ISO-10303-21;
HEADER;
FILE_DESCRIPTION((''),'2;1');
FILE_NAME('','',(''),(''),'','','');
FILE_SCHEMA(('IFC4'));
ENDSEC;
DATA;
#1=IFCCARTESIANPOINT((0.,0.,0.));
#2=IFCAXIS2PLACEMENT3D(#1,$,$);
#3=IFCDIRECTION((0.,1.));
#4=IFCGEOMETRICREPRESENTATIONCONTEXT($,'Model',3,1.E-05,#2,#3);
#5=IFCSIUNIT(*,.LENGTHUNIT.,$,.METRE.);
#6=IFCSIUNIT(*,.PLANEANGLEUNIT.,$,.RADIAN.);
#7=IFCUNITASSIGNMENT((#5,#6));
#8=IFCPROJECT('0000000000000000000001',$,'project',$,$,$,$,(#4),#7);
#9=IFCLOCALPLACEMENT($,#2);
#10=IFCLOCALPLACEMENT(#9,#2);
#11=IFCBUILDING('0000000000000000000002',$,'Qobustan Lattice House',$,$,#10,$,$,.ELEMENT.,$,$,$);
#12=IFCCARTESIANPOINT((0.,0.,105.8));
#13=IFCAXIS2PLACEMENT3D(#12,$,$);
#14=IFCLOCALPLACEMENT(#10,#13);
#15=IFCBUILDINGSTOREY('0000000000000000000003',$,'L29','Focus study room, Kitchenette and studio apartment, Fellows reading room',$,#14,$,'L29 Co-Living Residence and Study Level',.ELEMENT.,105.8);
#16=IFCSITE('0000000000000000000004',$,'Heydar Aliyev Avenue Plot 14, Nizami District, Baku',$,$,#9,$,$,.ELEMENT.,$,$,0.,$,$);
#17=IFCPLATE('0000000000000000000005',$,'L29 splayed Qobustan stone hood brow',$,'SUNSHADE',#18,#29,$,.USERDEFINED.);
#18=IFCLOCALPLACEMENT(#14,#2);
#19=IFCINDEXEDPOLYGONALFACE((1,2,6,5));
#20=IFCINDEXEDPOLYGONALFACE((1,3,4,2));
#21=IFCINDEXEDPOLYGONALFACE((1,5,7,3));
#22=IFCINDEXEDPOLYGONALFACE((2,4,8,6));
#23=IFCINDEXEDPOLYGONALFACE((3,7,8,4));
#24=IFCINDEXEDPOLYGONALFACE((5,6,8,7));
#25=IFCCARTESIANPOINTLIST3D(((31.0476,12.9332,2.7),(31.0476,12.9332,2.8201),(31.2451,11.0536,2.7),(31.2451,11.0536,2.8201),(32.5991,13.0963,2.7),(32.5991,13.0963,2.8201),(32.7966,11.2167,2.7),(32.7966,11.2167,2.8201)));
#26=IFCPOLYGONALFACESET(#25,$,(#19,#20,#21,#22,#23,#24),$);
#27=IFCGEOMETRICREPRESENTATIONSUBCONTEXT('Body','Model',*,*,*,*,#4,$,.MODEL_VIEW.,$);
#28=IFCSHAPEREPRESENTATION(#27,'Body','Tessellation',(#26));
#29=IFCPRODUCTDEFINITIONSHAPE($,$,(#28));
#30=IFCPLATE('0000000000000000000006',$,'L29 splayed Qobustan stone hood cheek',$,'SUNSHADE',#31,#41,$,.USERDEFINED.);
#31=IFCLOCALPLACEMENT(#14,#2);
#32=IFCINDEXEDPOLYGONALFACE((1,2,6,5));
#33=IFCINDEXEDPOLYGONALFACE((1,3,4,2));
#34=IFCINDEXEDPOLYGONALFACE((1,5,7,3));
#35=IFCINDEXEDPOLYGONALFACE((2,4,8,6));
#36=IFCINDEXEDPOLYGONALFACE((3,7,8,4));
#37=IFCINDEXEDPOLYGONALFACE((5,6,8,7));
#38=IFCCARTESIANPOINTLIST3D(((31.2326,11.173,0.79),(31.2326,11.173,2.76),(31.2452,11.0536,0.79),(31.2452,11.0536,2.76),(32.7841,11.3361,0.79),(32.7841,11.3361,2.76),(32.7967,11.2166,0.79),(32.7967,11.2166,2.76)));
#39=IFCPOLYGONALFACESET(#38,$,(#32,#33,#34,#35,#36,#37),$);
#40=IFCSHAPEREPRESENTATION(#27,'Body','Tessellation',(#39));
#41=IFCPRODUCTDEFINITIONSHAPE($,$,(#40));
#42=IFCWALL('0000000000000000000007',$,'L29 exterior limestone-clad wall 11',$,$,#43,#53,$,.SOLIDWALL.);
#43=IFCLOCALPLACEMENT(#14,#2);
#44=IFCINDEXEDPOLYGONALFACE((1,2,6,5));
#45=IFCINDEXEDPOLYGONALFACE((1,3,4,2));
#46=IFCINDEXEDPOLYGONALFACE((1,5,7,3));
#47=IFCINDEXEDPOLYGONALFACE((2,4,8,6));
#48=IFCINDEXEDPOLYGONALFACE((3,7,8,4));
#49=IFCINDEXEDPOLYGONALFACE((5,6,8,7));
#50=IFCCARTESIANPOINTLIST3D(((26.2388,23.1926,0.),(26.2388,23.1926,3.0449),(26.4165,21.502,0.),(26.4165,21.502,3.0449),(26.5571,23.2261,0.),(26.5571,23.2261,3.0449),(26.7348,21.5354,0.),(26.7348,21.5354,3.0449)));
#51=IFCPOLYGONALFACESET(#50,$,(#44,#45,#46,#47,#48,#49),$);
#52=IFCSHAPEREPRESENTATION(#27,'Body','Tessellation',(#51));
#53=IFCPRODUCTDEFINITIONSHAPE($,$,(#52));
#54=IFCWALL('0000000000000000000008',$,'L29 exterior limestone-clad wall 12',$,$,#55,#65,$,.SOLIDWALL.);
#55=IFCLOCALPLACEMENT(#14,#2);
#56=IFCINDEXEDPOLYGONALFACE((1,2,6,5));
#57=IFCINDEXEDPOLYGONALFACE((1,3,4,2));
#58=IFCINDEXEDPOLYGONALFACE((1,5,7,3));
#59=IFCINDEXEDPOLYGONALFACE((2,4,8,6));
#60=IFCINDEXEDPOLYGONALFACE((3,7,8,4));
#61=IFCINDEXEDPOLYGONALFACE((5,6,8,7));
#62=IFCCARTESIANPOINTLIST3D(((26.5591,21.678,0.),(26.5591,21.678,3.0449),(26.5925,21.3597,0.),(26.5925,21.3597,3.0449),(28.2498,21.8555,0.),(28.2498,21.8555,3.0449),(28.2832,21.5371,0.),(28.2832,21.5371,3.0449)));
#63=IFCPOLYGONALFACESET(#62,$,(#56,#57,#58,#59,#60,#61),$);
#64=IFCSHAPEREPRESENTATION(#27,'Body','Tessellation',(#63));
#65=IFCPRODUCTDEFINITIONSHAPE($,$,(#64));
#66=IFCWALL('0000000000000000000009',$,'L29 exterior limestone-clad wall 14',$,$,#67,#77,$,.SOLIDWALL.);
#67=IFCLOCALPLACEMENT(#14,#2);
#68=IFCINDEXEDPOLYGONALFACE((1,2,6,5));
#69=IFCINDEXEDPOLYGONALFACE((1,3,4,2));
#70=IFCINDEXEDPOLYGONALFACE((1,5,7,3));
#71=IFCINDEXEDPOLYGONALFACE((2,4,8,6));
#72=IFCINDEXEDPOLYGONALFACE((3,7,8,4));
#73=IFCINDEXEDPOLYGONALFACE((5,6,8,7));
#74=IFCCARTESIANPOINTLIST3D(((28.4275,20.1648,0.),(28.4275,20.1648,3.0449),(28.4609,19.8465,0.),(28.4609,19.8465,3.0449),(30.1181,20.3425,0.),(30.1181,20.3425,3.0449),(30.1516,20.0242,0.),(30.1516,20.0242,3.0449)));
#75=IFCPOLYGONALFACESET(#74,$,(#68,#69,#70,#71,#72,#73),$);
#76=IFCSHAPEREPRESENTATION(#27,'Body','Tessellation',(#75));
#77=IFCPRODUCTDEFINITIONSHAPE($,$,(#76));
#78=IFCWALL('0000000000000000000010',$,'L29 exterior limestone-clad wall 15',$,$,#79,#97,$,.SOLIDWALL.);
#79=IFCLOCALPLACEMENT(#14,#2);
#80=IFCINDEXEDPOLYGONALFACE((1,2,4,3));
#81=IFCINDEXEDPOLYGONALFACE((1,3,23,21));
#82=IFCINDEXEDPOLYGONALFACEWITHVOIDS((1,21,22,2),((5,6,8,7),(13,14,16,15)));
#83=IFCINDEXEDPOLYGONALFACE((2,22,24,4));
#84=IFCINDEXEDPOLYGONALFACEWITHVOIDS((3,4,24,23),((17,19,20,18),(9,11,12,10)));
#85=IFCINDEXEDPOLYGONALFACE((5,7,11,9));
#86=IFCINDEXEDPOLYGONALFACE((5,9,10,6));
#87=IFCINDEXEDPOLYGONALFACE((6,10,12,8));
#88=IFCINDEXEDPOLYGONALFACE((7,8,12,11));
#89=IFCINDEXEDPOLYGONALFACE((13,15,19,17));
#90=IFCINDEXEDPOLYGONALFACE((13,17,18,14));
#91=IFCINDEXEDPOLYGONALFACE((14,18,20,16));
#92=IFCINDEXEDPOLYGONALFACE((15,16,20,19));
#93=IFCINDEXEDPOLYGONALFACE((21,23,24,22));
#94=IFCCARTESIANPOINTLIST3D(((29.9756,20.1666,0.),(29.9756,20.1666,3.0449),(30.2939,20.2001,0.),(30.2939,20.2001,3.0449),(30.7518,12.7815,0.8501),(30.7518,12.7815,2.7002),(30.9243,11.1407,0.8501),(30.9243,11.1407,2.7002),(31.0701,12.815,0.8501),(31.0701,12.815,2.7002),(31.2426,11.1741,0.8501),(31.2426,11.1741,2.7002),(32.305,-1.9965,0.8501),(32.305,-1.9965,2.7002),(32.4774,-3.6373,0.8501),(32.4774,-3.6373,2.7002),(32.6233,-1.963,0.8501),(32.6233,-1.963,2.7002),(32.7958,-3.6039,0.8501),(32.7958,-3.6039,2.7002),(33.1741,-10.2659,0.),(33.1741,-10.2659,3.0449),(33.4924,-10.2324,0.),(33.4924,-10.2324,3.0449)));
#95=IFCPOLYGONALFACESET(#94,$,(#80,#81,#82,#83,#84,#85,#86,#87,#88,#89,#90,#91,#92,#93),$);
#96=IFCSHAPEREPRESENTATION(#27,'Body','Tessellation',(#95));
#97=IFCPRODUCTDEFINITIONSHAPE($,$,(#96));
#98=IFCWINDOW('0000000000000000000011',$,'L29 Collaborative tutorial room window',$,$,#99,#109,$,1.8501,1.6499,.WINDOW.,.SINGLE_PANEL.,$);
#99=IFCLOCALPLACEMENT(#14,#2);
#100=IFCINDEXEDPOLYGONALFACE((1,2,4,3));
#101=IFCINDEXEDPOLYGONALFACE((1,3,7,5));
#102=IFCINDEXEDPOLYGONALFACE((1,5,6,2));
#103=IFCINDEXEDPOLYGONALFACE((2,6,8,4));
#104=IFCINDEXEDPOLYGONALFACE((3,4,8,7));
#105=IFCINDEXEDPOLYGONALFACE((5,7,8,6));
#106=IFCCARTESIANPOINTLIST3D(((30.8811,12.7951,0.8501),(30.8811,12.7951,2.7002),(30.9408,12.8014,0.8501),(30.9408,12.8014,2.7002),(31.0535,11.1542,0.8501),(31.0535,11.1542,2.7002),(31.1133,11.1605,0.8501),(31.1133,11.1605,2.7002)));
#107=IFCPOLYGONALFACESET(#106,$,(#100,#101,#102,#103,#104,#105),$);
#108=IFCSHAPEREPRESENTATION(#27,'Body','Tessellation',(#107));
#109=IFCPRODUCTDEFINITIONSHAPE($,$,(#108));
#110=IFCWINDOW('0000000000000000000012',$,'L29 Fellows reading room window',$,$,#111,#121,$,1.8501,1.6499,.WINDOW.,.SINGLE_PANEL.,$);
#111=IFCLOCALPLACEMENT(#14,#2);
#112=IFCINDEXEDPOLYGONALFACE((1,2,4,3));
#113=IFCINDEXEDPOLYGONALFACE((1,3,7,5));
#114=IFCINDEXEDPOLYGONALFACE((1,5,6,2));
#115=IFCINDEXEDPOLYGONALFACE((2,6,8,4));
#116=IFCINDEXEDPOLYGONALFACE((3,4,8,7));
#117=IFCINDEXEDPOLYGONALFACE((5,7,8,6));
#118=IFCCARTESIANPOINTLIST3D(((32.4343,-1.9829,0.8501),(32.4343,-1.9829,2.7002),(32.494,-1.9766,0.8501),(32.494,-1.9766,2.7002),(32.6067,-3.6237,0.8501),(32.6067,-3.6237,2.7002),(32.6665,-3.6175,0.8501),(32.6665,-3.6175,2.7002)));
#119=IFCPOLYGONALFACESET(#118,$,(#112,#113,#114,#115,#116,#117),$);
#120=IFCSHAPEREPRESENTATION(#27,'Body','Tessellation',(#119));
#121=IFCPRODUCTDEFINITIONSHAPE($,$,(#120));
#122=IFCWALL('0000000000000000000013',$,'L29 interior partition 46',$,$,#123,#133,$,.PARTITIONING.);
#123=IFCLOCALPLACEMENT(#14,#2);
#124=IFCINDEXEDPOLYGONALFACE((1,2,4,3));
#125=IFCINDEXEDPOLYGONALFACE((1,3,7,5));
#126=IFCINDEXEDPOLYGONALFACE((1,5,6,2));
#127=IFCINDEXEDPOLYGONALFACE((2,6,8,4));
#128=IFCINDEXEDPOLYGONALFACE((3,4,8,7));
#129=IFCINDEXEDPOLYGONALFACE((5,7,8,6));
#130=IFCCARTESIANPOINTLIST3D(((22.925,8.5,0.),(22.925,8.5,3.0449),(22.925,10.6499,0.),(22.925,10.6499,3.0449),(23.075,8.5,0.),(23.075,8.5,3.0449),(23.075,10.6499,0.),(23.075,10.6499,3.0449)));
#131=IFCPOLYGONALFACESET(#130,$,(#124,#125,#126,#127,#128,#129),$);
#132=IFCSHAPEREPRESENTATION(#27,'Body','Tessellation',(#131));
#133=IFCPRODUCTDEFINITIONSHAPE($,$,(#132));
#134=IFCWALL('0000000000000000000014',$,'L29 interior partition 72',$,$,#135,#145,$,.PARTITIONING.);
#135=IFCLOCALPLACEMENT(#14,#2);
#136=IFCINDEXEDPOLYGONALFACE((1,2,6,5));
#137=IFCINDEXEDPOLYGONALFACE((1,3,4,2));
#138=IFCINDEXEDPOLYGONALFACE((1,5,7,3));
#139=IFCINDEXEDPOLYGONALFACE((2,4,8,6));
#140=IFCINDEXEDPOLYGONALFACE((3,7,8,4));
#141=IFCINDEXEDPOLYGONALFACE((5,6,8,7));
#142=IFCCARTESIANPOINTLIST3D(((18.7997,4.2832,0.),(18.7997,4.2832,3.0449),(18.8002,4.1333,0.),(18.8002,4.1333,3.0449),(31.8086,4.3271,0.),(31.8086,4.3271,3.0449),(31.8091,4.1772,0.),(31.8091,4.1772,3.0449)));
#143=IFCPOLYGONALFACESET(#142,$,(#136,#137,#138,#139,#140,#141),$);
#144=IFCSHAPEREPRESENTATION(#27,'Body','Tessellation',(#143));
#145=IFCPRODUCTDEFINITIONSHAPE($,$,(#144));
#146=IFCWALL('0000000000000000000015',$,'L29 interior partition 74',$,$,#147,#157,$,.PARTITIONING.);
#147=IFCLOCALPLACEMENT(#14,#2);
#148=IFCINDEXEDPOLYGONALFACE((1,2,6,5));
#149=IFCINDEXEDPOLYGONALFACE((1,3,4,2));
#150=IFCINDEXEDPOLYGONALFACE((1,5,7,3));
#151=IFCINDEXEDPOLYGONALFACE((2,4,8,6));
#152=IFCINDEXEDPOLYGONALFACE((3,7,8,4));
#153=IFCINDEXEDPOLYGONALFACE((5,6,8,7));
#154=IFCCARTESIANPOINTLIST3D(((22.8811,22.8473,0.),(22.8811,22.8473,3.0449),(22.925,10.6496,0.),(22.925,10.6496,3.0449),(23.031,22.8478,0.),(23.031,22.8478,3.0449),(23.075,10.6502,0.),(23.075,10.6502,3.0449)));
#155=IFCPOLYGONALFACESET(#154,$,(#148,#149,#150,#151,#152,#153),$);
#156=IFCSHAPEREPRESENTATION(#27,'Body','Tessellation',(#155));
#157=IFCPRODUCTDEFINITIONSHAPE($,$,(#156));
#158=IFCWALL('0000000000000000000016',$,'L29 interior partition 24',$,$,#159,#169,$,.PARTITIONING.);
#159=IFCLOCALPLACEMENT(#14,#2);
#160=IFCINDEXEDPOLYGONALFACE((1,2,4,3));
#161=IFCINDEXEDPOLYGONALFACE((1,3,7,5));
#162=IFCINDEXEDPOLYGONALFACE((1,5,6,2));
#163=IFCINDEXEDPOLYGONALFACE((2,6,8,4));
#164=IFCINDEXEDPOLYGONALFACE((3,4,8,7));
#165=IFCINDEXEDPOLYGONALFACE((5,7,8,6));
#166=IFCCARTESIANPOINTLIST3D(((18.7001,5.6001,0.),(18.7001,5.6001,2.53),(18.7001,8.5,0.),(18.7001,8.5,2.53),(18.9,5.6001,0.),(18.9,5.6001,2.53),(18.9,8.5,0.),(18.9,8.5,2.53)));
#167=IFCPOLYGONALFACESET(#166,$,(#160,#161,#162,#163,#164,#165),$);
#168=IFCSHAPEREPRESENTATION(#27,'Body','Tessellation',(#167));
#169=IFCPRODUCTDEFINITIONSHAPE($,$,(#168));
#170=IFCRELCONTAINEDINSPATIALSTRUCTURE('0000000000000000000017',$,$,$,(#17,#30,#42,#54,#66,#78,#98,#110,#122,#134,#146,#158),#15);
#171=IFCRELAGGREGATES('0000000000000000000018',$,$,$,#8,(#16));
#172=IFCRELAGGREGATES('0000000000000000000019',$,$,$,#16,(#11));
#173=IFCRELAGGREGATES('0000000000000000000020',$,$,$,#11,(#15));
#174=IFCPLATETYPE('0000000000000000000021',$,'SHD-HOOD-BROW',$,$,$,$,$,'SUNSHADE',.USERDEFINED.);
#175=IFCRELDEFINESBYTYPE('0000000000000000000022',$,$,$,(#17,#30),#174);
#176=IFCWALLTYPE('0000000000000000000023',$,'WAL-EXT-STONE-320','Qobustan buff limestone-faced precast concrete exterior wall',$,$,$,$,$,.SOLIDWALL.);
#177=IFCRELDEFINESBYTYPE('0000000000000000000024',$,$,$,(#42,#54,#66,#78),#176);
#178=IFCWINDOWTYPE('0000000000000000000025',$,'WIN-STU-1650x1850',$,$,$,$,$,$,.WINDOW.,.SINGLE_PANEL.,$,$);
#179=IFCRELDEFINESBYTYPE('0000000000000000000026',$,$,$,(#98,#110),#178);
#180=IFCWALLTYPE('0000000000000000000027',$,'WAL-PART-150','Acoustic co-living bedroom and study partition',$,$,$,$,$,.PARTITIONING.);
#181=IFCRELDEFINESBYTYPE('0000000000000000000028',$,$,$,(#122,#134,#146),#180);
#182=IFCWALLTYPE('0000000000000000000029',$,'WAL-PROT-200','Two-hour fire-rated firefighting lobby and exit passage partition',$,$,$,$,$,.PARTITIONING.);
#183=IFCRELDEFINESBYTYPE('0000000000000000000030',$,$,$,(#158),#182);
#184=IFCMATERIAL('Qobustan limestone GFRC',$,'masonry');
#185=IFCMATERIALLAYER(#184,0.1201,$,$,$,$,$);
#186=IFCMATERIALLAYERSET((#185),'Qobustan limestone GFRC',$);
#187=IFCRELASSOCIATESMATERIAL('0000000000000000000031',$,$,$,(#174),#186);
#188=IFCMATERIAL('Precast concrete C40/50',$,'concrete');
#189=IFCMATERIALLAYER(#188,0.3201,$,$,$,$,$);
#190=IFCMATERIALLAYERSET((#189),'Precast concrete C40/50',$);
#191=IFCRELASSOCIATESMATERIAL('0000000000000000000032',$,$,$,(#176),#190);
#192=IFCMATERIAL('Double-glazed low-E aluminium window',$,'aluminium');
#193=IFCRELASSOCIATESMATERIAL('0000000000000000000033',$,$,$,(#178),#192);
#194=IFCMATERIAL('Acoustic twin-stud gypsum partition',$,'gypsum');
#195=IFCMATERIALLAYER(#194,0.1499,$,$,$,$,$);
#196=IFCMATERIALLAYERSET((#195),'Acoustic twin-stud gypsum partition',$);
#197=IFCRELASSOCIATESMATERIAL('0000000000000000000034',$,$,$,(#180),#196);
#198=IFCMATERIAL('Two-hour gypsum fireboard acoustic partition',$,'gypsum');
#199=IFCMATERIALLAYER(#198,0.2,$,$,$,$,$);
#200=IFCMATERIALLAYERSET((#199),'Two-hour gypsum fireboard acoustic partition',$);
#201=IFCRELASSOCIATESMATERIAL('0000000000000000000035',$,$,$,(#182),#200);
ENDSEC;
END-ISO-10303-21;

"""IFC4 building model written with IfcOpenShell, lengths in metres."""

from ifc_helpers import new_model, si_unit, direction, frame, frame_2d, origin, origin_2d, place, context, subcontext, project, spatial, rectangle, extrude, material, layer, layer_set, type_object, element, fill, save


model = new_model("IFC4")

# Units and contexts
model_context = context("Model", 3, precision=1e-05, world=origin(), true_north=direction((0.0, 1.0)))
body_context = subcontext(model_context, "Body", "Model", "MODEL_VIEW")
ifc_project = project(units=[si_unit("LENGTHUNIT", "METRE"), si_unit("PLANEANGLEUNIT", "RADIAN")], contexts=[model_context])

# Site, building, storey
site_placement = place(None, origin())
site = spatial("IfcSite", under=ifc_project, at=site_placement, Name="Heydar Aliyev Avenue Plot 14, Nizami District, Baku", CompositionType="ELEMENT", RefElevation=0.0)
building_placement = place(site_placement, origin())
building = spatial("IfcBuilding", under=site, at=building_placement, Name="Qobustan Lattice House", CompositionType="ELEMENT")
storey_placement = place(building_placement, frame((0.0, 0.0, 105.8)))
storey = spatial("IfcBuildingStorey", under=building, at=storey_placement, Name="L29", Description="Focus study room, Kitchenette and studio apartment, Fellows reading room", LongName="L29 Co-Living Residence and Study Level", CompositionType="ELEMENT", Elevation=105.8)

# Plates
ifc_material_1 = material(Name="Qobustan limestone GFRC", Category="masonry")
ifc_layer_1 = layer(ifc_material_1, 0.1201)
ifc_layer_set_1 = layer_set([ifc_layer_1], Name="Qobustan limestone GFRC")
plate_type_1 = type_object("IfcPlateType", Name="SHD-HOOD-BROW", ElementType="SUNSHADE", PredefinedType="USERDEFINED", material=ifc_layer_set_1)
plate_1_placement = place(storey_placement, frame((31.9221, 12.075, 2.7), z_axis=(0.0, 0.0, 1.0), x_axis=(0.104528, -0.994522, 0.0)))
element("IfcPlate", 1, at=plate_1_placement, inside=storey, type_object=plate_type_1, Name="L29 splayed Qobustan stone hood brow", ObjectType="SUNSHADE", PredefinedType="USERDEFINED", context=body_context, shape_type="SweptSolid", body=[
    extrude(rectangle(XDim=1.8899, YDim=1.5601, at=origin_2d()), origin(), (0.0, 0.0, 1.0), 0.1201),
])
plate_2_placement = place(storey_placement, frame((32.0146, 11.1948, 0.79), z_axis=(0.0, 0.0, 1.0), x_axis=(0.104528, -0.994522, 0.0)))
element("IfcPlate", 2, at=plate_2_placement, inside=storey, type_object=plate_type_1, Name="L29 splayed Qobustan stone hood cheek", ObjectType="SUNSHADE", PredefinedType="USERDEFINED", context=body_context, shape_type="SweptSolid", body=[
    extrude(rectangle(XDim=0.1201, YDim=1.5601, at=origin_2d()), origin(), (0.0, 0.0, 1.0), 1.97),
])

# Walls
ifc_material_2 = material(Name="Precast concrete C40/50", Category="concrete")
ifc_layer_2 = layer(ifc_material_2, 0.3201)
ifc_layer_set_2 = layer_set([ifc_layer_2], Name="Precast concrete C40/50")
wall_type_1 = type_object("IfcWallType", Name="WAL-EXT-STONE-320", Description="Qobustan buff limestone-faced precast concrete exterior wall", PredefinedType="SOLIDWALL", material=ifc_layer_set_2)
for number, where, z_axis, x_axis, name in (
    (3, (26.3979, 23.2095, 0.0), (0.0, 0.0, 1.0), (0.10455, -0.99452, 0.0), "L29 exterior limestone-clad wall 11"),
    (4, (26.5757, 21.5188, 0.0), (0.0, 0.0, 1.0), (0.994535, 0.104408, 0.0), "L29 exterior limestone-clad wall 12"),
    (5, (28.4441, 20.0056, 0.0), (0.0, 0.0, 1.0), (0.99452, 0.10455, 0.0), "L29 exterior limestone-clad wall 14"),
):
    element("IfcWall", number, at=place(storey_placement, frame(where, z_axis=z_axis, x_axis=x_axis)), inside=storey, type_object=wall_type_1, Name=name, PredefinedType="SOLIDWALL", context=body_context, shape_type="SweptSolid", body=[
        extrude(rectangle(XDim=1.7, YDim=0.3201, at=frame_2d((0.8501, 0.0))), origin(), (0.0, 0.0, 1.0), 3.0449),
    ])

# Wall, openings, windows
wall_1_placement = place(storey_placement, frame((30.1348, 20.1833, 0.0), z_axis=(0.0, 0.0, 1.0), x_axis=(0.104526, -0.994522, 0.0)))
wall_1 = element("IfcWall", 6, at=wall_1_placement, inside=storey, type_object=wall_type_1, Name="L29 exterior limestone-clad wall 15", PredefinedType="SOLIDWALL", context=body_context, shape_type="SweptSolid", body=[
    extrude(rectangle(XDim=30.6001, YDim=0.3201, at=frame_2d((15.3, 0.0))), origin(), (0.0, 0.0, 1.0), 3.0449),
])
opening_1_placement = place(wall_1_placement, frame((7.4258, 0.0, 0.8501)))
opening_1 = element("IfcOpeningElement", 7, at=opening_1_placement, cuts=wall_1, PredefinedType="OPENING", context=body_context, shape_type="SweptSolid", body=[
    extrude(rectangle(XDim=1.6499, YDim=1.8501, at=frame_2d((0.825, 0.925))), frame((0.0, 0.1699, 0.0), z_axis=(0.0, -1.0, 0.0), x_axis=(1.0, 0.0, 0.0)), (0.0, 0.0, 1.0), 0.3401),
])
opening_2_placement = place(wall_1_placement, frame((22.2852, 0.0, 0.8501)))
opening_2 = element("IfcOpeningElement", 8, at=opening_2_placement, cuts=wall_1, PredefinedType="OPENING", context=body_context, shape_type="SweptSolid", body=[
    extrude(rectangle(XDim=1.6499, YDim=1.8501, at=frame_2d((0.825, 0.925))), frame((0.0, 0.1699, 0.0), z_axis=(0.0, -1.0, 0.0), x_axis=(1.0, 0.0, 0.0)), (0.0, 0.0, 1.0), 0.3401),
])
ifc_material_3 = material(Name="Double-glazed low-E aluminium window", Category="aluminium")
window_type = type_object("IfcWindowType", Name="WIN-STU-1650x1850", PartitioningType="SINGLE_PANEL", PredefinedType="WINDOW", material=ifc_material_3)
window_1_placement = place(opening_1_placement, origin())
window_1 = element("IfcWindow", 9, at=window_1_placement, inside=storey, type_object=window_type, Name="L29 Collaborative tutorial room window", OverallHeight=1.8501, OverallWidth=1.6499, PartitioningType="SINGLE_PANEL", PredefinedType="WINDOW", context=body_context, shape_type="SweptSolid", body=[
    extrude(rectangle(XDim=1.6499, YDim=1.8501, at=frame_2d((0.825, 0.925))), frame((0.0, 0.03, 0.0), z_axis=(0.0, -1.0, 0.0), x_axis=(1.0, 0.0, 0.0)), (0.0, 0.0, 1.0), 0.0601),
])
fill(opening_1, window_1)
window_2_placement = place(opening_2_placement, origin())
window_2 = element("IfcWindow", 10, at=window_2_placement, inside=storey, type_object=window_type, Name="L29 Fellows reading room window", OverallHeight=1.8501, OverallWidth=1.6499, PartitioningType="SINGLE_PANEL", PredefinedType="WINDOW", context=body_context, shape_type="SweptSolid", body=[
    extrude(rectangle(XDim=1.6499, YDim=1.8501, at=frame_2d((0.825, 0.925))), frame((0.0, 0.03, 0.0), z_axis=(0.0, -1.0, 0.0), x_axis=(1.0, 0.0, 0.0)), (0.0, 0.0, 1.0), 0.0601),
])
fill(opening_2, window_2)

# Shared definitions
ifc_material_4 = material(Name="Acoustic twin-stud gypsum partition", Category="gypsum")
ifc_layer_3 = layer(ifc_material_4, 0.1499)
ifc_layer_set_3 = layer_set([ifc_layer_3], Name="Acoustic twin-stud gypsum partition")
wall_type_2 = type_object("IfcWallType", Name="WAL-PART-150", Description="Acoustic co-living bedroom and study partition", PredefinedType="PARTITIONING", material=ifc_layer_set_3)

# Walls
wall_2_placement = place(storey_placement, frame((23.0, 10.6499, 0.0), z_axis=(0.0, 0.0, 1.0), x_axis=(0.0, -1.0, 0.0)))
element("IfcWall", 11, at=wall_2_placement, inside=storey, type_object=wall_type_2, Name="L29 interior partition 46", PredefinedType="PARTITIONING", context=body_context, shape_type="SweptSolid", body=[
    extrude(rectangle(XDim=2.1499, YDim=0.1499, at=frame_2d((1.075, 0.0))), origin(), (0.0, 0.0, 1.0), 3.0449),
])
wall_3_placement = place(storey_placement, frame((18.8, 4.2083, 0.0), z_axis=(0.0, 0.0, 1.0), x_axis=(0.999994, 0.003378, 0.0)))
element("IfcWall", 12, at=wall_3_placement, inside=storey, type_object=wall_type_2, Name="L29 interior partition 72", PredefinedType="PARTITIONING", context=body_context, shape_type="SweptSolid", body=[
    extrude(rectangle(XDim=13.009, YDim=0.1499, at=frame_2d((6.5044, 0.0))), origin(), (0.0, 0.0, 1.0), 3.0449),
])
wall_4_placement = place(storey_placement, frame((23.0, 10.6499, 0.0), z_axis=(0.0, 0.0, 1.0), x_axis=(-0.003603, 0.999994, 0.0)))
element("IfcWall", 13, at=wall_4_placement, inside=storey, type_object=wall_type_2, Name="L29 interior partition 74", PredefinedType="PARTITIONING", context=body_context, shape_type="SweptSolid", body=[
    extrude(rectangle(XDim=12.1978, YDim=0.1499, at=frame_2d((6.0989, 0.0))), origin(), (0.0, 0.0, 1.0), 3.0449),
])

# Shared definitions
ifc_material_5 = material(Name="Two-hour gypsum fireboard acoustic partition", Category="gypsum")
ifc_layer_4 = layer(ifc_material_5, 0.2)
ifc_layer_set_4 = layer_set([ifc_layer_4], Name="Two-hour gypsum fireboard acoustic partition")
wall_type_3 = type_object("IfcWallType", Name="WAL-PROT-200", Description="Two-hour fire-rated firefighting lobby and exit passage partition", PredefinedType="PARTITIONING", material=ifc_layer_set_4)

# Wall
wall_5_placement = place(storey_placement, frame((18.8, 5.6001, 0.0), z_axis=(0.0, 0.0, 1.0), x_axis=(0.0, 1.0, 0.0)))
element("IfcWall", 14, at=wall_5_placement, inside=storey, type_object=wall_type_3, Name="L29 interior partition 24", PredefinedType="PARTITIONING", context=body_context, shape_type="SweptSolid", body=[
    extrude(rectangle(XDim=2.8999, YDim=0.2, at=frame_2d((1.45, 0.0))), origin(), (0.0, 0.0, 1.0), 2.53),
])

save(model, "model.ifc")
